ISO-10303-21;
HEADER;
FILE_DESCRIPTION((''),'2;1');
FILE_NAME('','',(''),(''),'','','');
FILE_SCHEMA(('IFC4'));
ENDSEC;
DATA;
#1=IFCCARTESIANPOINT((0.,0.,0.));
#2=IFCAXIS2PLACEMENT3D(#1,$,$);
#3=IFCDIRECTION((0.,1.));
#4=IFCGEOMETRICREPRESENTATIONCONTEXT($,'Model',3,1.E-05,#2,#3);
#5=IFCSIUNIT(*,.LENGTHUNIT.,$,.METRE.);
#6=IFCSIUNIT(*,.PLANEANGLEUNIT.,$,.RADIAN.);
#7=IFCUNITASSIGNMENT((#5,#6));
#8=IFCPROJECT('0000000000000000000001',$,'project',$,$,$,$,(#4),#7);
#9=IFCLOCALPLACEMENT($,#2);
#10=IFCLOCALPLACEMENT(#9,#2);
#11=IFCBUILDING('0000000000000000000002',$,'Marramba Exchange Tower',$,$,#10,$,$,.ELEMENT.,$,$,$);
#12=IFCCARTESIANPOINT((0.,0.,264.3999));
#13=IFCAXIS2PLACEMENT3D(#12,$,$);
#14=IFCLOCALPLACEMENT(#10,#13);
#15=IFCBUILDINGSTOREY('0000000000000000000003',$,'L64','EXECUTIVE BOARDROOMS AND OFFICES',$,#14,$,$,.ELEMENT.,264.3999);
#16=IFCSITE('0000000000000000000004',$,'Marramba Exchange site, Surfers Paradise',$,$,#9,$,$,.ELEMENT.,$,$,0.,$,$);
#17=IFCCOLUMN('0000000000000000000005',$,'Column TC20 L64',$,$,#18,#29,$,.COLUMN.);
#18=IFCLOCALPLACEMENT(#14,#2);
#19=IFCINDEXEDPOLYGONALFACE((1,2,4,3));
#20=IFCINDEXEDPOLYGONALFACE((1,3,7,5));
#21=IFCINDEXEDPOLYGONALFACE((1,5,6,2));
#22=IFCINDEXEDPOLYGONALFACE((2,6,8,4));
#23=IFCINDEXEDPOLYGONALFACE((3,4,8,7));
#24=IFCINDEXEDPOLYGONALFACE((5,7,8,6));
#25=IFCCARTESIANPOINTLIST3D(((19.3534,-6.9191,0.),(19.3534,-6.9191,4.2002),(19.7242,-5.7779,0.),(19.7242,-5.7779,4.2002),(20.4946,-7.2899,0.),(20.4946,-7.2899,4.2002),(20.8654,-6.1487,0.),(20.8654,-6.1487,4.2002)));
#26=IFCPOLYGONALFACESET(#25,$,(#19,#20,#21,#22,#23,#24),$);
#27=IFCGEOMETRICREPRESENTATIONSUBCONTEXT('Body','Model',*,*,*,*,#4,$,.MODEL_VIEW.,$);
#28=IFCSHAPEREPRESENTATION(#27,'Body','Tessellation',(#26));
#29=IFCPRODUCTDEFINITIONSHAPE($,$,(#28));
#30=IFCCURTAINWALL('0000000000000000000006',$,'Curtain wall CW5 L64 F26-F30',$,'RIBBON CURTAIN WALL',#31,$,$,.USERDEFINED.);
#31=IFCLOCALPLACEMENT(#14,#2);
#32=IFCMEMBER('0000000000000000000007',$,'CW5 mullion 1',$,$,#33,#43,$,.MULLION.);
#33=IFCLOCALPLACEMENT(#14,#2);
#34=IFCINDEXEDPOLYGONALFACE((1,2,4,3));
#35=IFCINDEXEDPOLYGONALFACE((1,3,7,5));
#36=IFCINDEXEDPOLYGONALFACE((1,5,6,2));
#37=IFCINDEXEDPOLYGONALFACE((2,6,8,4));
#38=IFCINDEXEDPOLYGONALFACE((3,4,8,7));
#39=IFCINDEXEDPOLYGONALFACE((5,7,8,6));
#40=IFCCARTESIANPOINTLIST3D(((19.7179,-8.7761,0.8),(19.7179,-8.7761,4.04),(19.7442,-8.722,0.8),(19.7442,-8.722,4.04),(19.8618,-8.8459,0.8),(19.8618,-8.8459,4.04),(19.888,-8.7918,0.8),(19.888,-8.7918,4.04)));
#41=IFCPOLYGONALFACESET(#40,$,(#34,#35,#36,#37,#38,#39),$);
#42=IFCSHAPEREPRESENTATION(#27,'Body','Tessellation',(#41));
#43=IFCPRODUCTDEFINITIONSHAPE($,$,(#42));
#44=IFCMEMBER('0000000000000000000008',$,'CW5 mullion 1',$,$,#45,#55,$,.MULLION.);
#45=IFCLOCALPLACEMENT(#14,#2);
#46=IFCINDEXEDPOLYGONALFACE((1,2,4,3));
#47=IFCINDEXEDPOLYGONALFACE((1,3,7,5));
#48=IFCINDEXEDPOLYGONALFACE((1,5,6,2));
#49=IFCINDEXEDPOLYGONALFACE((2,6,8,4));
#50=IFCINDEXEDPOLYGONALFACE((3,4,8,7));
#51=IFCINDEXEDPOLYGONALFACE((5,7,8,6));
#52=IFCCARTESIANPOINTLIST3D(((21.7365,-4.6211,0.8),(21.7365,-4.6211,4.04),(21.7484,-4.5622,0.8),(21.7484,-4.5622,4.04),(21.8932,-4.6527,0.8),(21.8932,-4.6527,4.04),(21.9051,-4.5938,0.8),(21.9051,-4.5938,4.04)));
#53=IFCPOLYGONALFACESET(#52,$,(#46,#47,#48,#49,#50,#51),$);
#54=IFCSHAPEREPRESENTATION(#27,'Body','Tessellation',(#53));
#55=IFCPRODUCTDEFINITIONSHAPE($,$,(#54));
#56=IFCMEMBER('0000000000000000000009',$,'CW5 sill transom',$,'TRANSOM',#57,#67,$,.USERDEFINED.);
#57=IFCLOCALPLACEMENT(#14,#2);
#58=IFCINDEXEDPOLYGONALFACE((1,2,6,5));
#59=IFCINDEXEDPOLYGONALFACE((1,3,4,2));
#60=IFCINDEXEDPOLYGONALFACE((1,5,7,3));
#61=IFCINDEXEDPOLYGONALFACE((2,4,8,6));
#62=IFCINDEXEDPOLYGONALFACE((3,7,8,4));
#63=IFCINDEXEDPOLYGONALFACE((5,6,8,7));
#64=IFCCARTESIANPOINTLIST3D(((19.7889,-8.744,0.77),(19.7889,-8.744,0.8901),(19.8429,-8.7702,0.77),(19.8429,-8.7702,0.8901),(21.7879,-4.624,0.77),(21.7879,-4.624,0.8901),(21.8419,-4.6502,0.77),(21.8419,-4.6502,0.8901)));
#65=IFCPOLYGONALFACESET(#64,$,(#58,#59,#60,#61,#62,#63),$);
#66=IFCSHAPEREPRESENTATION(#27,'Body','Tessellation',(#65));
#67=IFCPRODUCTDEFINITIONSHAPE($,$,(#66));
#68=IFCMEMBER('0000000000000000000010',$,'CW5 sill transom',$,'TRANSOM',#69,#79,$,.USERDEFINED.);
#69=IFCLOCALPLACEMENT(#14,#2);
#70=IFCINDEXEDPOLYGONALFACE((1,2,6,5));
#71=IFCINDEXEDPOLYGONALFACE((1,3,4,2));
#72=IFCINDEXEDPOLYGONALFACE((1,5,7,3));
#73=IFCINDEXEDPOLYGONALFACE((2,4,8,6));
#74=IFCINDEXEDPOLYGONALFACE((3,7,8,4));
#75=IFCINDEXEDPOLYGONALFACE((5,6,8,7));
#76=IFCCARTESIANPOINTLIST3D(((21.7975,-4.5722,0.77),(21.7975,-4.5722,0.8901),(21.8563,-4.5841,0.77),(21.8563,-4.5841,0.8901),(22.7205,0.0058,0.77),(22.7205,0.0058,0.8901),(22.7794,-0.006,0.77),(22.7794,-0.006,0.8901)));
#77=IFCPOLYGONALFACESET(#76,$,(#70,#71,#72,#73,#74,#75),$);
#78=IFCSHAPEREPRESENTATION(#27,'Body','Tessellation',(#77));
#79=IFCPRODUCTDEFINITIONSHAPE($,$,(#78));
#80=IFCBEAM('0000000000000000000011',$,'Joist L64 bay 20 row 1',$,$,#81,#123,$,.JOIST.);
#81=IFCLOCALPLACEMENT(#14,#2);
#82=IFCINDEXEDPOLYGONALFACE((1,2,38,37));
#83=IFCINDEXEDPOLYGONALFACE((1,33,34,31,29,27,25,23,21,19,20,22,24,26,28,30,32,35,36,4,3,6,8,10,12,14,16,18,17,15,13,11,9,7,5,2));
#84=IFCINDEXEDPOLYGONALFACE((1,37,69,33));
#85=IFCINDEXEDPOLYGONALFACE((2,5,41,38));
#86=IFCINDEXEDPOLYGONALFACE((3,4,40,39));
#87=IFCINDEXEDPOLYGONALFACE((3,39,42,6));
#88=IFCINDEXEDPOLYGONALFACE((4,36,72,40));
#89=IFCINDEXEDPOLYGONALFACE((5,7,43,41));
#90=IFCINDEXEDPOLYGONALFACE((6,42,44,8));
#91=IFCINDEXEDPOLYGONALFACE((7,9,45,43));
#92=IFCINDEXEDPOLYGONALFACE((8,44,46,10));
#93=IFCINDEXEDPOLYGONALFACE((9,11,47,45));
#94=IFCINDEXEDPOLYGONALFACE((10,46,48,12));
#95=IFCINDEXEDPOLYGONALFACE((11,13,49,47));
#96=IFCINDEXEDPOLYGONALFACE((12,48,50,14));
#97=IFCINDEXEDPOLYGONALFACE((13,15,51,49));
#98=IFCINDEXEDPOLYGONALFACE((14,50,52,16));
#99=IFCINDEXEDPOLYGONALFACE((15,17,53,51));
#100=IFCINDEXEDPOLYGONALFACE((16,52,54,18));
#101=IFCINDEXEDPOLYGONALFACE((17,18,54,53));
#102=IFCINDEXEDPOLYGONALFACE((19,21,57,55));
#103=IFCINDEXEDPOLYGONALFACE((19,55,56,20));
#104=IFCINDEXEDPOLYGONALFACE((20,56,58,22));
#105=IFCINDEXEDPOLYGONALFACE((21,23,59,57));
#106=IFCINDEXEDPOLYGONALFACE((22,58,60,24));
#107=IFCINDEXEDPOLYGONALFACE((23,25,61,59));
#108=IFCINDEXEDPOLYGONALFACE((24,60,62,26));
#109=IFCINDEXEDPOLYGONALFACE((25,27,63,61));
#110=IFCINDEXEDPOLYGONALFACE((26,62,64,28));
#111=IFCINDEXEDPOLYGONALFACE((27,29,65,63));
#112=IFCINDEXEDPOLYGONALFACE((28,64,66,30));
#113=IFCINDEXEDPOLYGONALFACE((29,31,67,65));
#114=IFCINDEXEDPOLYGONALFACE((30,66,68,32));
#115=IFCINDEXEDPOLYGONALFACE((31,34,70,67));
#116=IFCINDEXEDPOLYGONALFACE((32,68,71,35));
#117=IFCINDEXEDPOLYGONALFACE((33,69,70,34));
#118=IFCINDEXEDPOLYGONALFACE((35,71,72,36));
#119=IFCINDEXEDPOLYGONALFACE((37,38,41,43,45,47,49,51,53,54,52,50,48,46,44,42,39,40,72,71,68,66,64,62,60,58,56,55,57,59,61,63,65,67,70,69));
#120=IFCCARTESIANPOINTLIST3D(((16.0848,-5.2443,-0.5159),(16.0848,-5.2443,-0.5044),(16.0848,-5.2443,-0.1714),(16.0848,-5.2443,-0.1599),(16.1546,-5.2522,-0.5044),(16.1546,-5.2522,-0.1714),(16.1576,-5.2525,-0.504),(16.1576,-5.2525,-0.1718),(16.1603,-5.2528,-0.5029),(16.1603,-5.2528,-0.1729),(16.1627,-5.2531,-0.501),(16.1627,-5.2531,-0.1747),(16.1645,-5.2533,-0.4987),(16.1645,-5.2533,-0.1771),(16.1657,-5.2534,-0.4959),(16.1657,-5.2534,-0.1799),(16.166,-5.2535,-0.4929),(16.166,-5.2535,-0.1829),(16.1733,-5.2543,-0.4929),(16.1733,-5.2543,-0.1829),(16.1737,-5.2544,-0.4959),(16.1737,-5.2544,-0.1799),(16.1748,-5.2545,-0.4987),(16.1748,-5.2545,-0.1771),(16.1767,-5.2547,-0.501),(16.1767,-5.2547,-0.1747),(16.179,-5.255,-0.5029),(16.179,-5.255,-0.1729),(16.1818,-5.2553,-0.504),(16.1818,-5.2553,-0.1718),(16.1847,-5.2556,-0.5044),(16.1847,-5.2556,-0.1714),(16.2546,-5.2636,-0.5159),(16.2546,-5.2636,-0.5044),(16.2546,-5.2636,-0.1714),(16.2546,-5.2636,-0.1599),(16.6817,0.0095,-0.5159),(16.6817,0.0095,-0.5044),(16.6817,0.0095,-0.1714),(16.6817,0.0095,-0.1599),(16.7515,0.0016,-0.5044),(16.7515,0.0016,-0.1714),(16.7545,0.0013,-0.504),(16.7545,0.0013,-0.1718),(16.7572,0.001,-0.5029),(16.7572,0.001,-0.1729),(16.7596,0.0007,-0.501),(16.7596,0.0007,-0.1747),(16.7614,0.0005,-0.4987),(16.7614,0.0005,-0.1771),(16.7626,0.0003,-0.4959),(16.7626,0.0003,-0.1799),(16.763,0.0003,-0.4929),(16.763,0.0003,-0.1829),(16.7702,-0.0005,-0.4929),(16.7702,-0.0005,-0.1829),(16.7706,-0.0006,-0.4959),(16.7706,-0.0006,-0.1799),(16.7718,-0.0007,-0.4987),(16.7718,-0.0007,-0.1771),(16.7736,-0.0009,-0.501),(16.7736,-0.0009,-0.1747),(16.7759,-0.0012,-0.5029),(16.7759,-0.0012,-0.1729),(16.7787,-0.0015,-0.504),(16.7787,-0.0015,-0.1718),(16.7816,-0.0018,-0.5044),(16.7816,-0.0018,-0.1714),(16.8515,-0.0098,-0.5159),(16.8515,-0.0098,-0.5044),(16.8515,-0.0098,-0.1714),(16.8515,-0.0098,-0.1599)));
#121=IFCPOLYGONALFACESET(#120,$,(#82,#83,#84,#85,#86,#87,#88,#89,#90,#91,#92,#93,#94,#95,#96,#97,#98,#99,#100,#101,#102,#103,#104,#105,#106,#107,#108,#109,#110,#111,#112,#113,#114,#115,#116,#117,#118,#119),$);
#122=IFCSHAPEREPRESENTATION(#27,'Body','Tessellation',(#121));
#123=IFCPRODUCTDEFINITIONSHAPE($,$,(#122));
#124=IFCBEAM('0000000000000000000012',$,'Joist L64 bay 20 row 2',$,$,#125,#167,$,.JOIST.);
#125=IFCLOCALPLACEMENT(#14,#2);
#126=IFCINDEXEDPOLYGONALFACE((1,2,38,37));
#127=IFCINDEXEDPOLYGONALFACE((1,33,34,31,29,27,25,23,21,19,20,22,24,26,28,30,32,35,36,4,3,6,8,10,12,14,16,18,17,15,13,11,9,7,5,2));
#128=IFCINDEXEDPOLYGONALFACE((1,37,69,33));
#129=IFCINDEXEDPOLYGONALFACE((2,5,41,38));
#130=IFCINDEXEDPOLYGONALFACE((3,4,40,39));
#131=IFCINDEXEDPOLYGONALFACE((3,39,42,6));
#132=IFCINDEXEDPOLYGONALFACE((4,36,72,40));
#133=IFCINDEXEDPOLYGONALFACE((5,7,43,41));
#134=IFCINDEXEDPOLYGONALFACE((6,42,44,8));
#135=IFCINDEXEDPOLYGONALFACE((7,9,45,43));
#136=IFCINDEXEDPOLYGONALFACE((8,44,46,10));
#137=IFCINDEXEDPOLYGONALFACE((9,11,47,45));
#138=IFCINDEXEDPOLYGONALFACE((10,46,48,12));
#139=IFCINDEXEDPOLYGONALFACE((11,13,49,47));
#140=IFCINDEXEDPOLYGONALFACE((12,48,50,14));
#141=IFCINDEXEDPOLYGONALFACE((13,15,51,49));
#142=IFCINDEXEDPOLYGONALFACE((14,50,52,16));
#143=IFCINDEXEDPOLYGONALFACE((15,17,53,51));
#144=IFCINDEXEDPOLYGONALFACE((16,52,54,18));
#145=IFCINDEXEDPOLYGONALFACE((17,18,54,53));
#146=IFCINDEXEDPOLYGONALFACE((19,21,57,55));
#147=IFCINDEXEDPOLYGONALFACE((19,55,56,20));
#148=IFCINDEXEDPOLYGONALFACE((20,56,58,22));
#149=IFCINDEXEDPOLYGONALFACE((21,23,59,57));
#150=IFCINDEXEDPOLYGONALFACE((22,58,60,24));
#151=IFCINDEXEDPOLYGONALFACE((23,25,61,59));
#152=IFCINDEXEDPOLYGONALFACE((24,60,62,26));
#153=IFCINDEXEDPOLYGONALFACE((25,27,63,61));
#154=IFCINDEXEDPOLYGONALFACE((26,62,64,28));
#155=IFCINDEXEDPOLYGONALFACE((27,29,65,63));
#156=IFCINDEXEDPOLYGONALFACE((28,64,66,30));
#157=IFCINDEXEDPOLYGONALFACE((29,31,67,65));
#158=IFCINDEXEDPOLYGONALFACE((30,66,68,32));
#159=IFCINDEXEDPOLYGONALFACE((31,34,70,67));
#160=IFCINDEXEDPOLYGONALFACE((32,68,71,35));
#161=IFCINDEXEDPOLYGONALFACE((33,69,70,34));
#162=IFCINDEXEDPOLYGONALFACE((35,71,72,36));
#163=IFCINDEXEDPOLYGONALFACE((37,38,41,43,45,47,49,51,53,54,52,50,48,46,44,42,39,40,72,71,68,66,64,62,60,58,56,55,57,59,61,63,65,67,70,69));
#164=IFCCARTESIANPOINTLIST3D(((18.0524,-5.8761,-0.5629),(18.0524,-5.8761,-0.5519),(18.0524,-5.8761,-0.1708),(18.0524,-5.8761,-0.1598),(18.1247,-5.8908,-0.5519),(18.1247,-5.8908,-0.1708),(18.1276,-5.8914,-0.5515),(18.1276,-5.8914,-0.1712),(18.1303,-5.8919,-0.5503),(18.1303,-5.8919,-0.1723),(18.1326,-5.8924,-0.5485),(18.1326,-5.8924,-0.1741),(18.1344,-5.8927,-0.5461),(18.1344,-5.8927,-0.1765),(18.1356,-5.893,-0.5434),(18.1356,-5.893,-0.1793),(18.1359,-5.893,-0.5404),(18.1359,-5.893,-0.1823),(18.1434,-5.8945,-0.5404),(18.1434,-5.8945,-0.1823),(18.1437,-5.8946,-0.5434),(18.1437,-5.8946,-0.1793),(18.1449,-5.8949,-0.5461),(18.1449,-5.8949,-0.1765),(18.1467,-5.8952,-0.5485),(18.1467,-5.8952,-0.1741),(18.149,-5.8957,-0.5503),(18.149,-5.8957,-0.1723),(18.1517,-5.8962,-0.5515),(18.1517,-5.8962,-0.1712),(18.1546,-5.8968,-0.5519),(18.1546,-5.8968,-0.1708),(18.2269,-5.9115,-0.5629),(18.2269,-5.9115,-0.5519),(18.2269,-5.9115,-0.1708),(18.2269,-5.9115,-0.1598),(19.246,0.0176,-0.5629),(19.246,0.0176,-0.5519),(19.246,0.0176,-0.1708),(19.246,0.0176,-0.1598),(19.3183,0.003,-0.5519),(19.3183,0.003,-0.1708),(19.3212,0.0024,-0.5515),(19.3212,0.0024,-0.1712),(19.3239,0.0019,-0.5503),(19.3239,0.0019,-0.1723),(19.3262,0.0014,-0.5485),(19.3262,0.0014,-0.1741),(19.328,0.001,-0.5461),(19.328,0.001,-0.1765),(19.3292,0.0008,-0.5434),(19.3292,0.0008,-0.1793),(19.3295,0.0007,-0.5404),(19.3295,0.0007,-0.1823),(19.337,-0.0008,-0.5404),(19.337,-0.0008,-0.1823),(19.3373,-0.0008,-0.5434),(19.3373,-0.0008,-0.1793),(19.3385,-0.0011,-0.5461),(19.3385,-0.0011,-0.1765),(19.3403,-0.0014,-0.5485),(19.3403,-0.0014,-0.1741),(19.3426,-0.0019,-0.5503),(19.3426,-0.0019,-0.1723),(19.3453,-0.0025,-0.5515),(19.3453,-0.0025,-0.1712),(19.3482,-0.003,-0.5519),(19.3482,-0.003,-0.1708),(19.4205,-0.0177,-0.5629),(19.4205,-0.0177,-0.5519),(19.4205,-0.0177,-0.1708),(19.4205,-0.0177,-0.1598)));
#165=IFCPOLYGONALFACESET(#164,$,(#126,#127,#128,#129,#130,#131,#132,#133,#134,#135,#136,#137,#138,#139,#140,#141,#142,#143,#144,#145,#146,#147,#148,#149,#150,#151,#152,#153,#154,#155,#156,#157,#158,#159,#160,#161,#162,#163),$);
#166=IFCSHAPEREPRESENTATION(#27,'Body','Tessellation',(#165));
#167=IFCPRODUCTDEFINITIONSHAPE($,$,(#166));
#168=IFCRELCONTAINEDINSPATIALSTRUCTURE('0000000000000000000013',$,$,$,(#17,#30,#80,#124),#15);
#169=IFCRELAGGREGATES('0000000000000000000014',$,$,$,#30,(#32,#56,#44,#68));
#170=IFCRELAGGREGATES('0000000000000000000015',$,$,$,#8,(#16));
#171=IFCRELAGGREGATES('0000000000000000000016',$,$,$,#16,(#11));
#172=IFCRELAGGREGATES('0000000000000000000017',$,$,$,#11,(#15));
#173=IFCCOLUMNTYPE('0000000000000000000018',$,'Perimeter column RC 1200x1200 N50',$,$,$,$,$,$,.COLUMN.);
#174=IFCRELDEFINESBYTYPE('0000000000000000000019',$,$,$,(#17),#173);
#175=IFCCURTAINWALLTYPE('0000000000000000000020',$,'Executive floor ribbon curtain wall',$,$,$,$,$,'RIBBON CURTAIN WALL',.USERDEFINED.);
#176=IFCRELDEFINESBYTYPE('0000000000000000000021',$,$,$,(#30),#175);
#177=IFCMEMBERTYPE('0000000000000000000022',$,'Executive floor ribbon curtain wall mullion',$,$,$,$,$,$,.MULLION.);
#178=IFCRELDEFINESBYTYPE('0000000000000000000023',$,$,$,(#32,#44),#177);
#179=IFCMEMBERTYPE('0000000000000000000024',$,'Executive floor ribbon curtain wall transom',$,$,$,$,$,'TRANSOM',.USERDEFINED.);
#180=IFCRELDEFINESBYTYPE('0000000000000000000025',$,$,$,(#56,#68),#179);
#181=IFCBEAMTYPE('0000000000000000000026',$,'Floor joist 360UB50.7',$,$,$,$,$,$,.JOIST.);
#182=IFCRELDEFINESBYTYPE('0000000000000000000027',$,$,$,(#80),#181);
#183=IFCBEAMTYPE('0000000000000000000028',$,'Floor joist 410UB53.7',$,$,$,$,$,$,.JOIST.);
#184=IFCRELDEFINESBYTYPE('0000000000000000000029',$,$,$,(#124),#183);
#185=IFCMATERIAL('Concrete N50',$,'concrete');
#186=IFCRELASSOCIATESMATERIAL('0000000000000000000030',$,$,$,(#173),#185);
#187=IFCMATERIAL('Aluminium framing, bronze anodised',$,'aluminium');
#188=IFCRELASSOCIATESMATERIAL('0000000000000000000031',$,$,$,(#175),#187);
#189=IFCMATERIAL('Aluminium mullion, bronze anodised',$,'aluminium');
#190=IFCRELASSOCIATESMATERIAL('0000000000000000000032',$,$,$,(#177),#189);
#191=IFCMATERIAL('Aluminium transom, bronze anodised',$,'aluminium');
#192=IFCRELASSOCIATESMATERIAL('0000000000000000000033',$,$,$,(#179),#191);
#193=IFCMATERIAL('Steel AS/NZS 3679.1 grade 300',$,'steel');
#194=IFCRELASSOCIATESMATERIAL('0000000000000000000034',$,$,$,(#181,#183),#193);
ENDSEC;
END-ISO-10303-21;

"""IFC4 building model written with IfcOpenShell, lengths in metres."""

from ifc_helpers import new_model, si_unit, direction, frame, origin, origin_2d, place, context, subcontext, project, spatial, rectangle, i_section, extrude, material, material_profile, profile_set, type_object, element, aggregate, save


model = new_model("IFC4")

# Units and contexts
model_context = context("Model", 3, precision=1e-05, world=origin(), true_north=direction((0.0, 1.0)))
body_context = subcontext(model_context, "Body", "Model", "MODEL_VIEW")
ifc_project = project(units=[si_unit("LENGTHUNIT", "METRE"), si_unit("PLANEANGLEUNIT", "RADIAN")], contexts=[model_context])

# Site, building, storey
site_placement = place(None, origin())
site = spatial("IfcSite", under=ifc_project, at=site_placement, Name="Marramba Exchange site, Surfers Paradise", CompositionType="ELEMENT", RefElevation=0.0)
building_placement = place(site_placement, origin())
building = spatial("IfcBuilding", under=site, at=building_placement, Name="Marramba Exchange Tower", CompositionType="ELEMENT")
storey_placement = place(building_placement, frame((0.0, 0.0, 264.3999)))
storey = spatial("IfcBuildingStorey", under=building, at=storey_placement, Name="L64", Description="EXECUTIVE BOARDROOMS AND OFFICES", CompositionType="ELEMENT", Elevation=264.3999)

# Column
ifc_material_1 = material(Name="Concrete N50", Category="concrete")
ifc_material_profile_1 = material_profile(ifc_material_1, rectangle(XDim=1.2, YDim=1.2, at=origin_2d()), Name="RC 1200x1200")
ifc_profile_set_1 = profile_set([ifc_material_profile_1], Name="Concrete N50")
column_type = type_object("IfcColumnType", Name="Perimeter column RC 1200x1200 N50", PredefinedType="COLUMN", material=ifc_profile_set_1)
column_placement = place(storey_placement, frame((20.1094, -6.5339, 0.0), z_axis=(0.0, 0.0, 1.0), x_axis=(0.951057, -0.309017, 0.0)))
element("IfcColumn", 1, at=column_placement, inside=storey, type_object=column_type, Name="Column TC20 L64", PredefinedType="COLUMN", context=body_context, shape_type="SweptSolid", body=[
    extrude(rectangle(XDim=1.2, YDim=1.2, at=origin_2d()), origin(), (0.0, 0.0, 1.0), 4.2002),
])

# Curtain wall, members
ifc_material_2 = material(Name="Aluminium framing, bronze anodised", Category="aluminium")
curtain_wall_type = type_object("IfcCurtainWallType", Name="Executive floor ribbon curtain wall", ElementType="RIBBON CURTAIN WALL", PredefinedType="USERDEFINED", material=ifc_material_2)
curtain_wall_placement = place(storey_placement, origin())
curtain_wall = element("IfcCurtainWall", 2, at=curtain_wall_placement, inside=storey, type_object=curtain_wall_type, Name="Curtain wall CW5 L64 F26-F30", ObjectType="RIBBON CURTAIN WALL", PredefinedType="USERDEFINED")
ifc_material_3 = material(Name="Aluminium mullion, bronze anodised", Category="aluminium")
ifc_material_profile_2 = material_profile(ifc_material_3, rectangle(XDim=0.1599, YDim=0.0601, at=origin_2d()), Name="CW5 mullion 60x160")
ifc_profile_set_2 = profile_set([ifc_material_profile_2], Name="Aluminium mullion, bronze anodised")
member_type_1 = type_object("IfcMemberType", Name="Executive floor ribbon curtain wall mullion", PredefinedType="MULLION", material=ifc_profile_set_2)
member_1_placement = place(storey_placement, frame((19.803, -8.7839, 0.8), z_axis=(0.0, 0.0, 1.0), x_axis=(-0.899697, 0.436515, 0.0)))
member_1 = element("IfcMember", 3, at=member_1_placement, type_object=member_type_1, Name="CW5 mullion 1", PredefinedType="MULLION", context=body_context, shape_type="SweptSolid", body=[
    extrude(rectangle(XDim=0.1599, YDim=0.0601, at=origin_2d()), origin(), (0.0, 0.0, 1.0), 3.24),
])
member_2_placement = place(storey_placement, frame((21.8208, -4.6074, 0.8), z_axis=(0.0, 0.0, 1.0), x_axis=(-0.980269, 0.197671, 0.0)))
member_2 = element("IfcMember", 4, at=member_2_placement, type_object=member_type_1, Name="CW5 mullion 1", PredefinedType="MULLION", context=body_context, shape_type="SweptSolid", body=[
    extrude(rectangle(XDim=0.1599, YDim=0.0601, at=origin_2d()), origin(), (0.0, 0.0, 1.0), 3.24),
])
ifc_material_4 = material(Name="Aluminium transom, bronze anodised", Category="aluminium")
ifc_material_profile_3 = material_profile(ifc_material_4, rectangle(XDim=0.0601, YDim=0.1201, at=origin_2d()), Name="CW5 transom 60x120")
ifc_profile_set_3 = profile_set([ifc_material_profile_3], Name="Aluminium transom, bronze anodised")
member_type_2 = type_object("IfcMemberType", Name="Executive floor ribbon curtain wall transom", ElementType="TRANSOM", PredefinedType="USERDEFINED", material=ifc_profile_set_3)
member_3_placement = place(storey_placement, frame((19.8159, -8.7571, 0.8301), z_axis=(0.436519, 0.899695, 0.0), x_axis=(-0.899695, 0.436519, 0.0)))
member_3 = element("IfcMember", 5, at=member_3_placement, type_object=member_type_2, Name="CW5 sill transom", ObjectType="TRANSOM", PredefinedType="USERDEFINED", context=body_context, shape_type="SweptSolid", body=[
    extrude(rectangle(XDim=0.0601, YDim=0.1201, at=origin_2d()), origin(), (0.0, 0.0, 1.0), 4.5793),
])
member_4_placement = place(storey_placement, frame((21.8269, -4.5781, 0.8301), z_axis=(0.197654, 0.980272, 0.0), x_axis=(-0.980272, 0.197654, 0.0)))
member_4 = element("IfcMember", 6, at=member_4_placement, type_object=member_type_2, Name="CW5 sill transom", ObjectType="TRANSOM", PredefinedType="USERDEFINED", context=body_context, shape_type="SweptSolid", body=[
    extrude(rectangle(XDim=0.0601, YDim=0.1201, at=origin_2d()), origin(), (0.0, 0.0, 1.0), 4.6702),
])

# Beams
ifc_material_5 = material(Name="Steel AS/NZS 3679.1 grade 300", Category="steel")
ifc_material_profile_4 = material_profile(ifc_material_5, i_section(OverallWidth=0.1709, OverallDepth=0.356, WebThickness=0.0073, FlangeThickness=0.0115, FilletRadius=0.0115, at=origin_2d()), Name="360UB50.7")
ifc_profile_set_4 = profile_set([ifc_material_profile_4], Name="Steel AS/NZS 3679.1 grade 300")
beam_type_1 = type_object("IfcBeamType", Name="Floor joist 360UB50.7", PredefinedType="JOIST", material=ifc_profile_set_4)
beam_1_placement = place(storey_placement, frame((16.1697, -5.2539, -0.3379), z_axis=(0.112889, 0.993608, 0.0), x_axis=(-0.993608, 0.112889, 0.0)))
element("IfcBeam", 7, at=beam_1_placement, inside=storey, type_object=beam_type_1, Name="Joist L64 bay 20 row 1", PredefinedType="JOIST", context=body_context, shape_type="SweptSolid", body=[
    extrude(i_section(OverallWidth=0.1709, OverallDepth=0.356, WebThickness=0.0073, FlangeThickness=0.0115, FilletRadius=0.0115, at=origin_2d()), origin(), (0.0, 0.0, 1.0), 5.2876),
])
ifc_material_profile_5 = material_profile(ifc_material_5, i_section(OverallWidth=0.178, OverallDepth=0.4031, WebThickness=0.0076, FlangeThickness=0.011, FilletRadius=0.0115, at=origin_2d()), Name="410UB53.7")
ifc_profile_set_5 = profile_set([ifc_material_profile_5], Name="Steel AS/NZS 3679.1 grade 300")
beam_type_2 = type_object("IfcBeamType", Name="Floor joist 410UB53.7", PredefinedType="JOIST", material=ifc_profile_set_5)
beam_2_placement = place(storey_placement, frame((18.1396, -5.8938, -0.3613), z_axis=(0.198489, 0.980103, 0.0), x_axis=(-0.980103, 0.198489, 0.0)))
element("IfcBeam", 8, at=beam_2_placement, inside=storey, type_object=beam_type_2, Name="Joist L64 bay 20 row 2", PredefinedType="JOIST", context=body_context, shape_type="SweptSolid", body=[
    extrude(i_section(OverallWidth=0.178, OverallDepth=0.4031, WebThickness=0.0076, FlangeThickness=0.011, FilletRadius=0.0115, at=origin_2d()), origin(), (0.0, 0.0, 1.0), 6.0134),
])

aggregate(curtain_wall, [member_1, member_3, member_2, member_4])

save(model, "model.ifc")
